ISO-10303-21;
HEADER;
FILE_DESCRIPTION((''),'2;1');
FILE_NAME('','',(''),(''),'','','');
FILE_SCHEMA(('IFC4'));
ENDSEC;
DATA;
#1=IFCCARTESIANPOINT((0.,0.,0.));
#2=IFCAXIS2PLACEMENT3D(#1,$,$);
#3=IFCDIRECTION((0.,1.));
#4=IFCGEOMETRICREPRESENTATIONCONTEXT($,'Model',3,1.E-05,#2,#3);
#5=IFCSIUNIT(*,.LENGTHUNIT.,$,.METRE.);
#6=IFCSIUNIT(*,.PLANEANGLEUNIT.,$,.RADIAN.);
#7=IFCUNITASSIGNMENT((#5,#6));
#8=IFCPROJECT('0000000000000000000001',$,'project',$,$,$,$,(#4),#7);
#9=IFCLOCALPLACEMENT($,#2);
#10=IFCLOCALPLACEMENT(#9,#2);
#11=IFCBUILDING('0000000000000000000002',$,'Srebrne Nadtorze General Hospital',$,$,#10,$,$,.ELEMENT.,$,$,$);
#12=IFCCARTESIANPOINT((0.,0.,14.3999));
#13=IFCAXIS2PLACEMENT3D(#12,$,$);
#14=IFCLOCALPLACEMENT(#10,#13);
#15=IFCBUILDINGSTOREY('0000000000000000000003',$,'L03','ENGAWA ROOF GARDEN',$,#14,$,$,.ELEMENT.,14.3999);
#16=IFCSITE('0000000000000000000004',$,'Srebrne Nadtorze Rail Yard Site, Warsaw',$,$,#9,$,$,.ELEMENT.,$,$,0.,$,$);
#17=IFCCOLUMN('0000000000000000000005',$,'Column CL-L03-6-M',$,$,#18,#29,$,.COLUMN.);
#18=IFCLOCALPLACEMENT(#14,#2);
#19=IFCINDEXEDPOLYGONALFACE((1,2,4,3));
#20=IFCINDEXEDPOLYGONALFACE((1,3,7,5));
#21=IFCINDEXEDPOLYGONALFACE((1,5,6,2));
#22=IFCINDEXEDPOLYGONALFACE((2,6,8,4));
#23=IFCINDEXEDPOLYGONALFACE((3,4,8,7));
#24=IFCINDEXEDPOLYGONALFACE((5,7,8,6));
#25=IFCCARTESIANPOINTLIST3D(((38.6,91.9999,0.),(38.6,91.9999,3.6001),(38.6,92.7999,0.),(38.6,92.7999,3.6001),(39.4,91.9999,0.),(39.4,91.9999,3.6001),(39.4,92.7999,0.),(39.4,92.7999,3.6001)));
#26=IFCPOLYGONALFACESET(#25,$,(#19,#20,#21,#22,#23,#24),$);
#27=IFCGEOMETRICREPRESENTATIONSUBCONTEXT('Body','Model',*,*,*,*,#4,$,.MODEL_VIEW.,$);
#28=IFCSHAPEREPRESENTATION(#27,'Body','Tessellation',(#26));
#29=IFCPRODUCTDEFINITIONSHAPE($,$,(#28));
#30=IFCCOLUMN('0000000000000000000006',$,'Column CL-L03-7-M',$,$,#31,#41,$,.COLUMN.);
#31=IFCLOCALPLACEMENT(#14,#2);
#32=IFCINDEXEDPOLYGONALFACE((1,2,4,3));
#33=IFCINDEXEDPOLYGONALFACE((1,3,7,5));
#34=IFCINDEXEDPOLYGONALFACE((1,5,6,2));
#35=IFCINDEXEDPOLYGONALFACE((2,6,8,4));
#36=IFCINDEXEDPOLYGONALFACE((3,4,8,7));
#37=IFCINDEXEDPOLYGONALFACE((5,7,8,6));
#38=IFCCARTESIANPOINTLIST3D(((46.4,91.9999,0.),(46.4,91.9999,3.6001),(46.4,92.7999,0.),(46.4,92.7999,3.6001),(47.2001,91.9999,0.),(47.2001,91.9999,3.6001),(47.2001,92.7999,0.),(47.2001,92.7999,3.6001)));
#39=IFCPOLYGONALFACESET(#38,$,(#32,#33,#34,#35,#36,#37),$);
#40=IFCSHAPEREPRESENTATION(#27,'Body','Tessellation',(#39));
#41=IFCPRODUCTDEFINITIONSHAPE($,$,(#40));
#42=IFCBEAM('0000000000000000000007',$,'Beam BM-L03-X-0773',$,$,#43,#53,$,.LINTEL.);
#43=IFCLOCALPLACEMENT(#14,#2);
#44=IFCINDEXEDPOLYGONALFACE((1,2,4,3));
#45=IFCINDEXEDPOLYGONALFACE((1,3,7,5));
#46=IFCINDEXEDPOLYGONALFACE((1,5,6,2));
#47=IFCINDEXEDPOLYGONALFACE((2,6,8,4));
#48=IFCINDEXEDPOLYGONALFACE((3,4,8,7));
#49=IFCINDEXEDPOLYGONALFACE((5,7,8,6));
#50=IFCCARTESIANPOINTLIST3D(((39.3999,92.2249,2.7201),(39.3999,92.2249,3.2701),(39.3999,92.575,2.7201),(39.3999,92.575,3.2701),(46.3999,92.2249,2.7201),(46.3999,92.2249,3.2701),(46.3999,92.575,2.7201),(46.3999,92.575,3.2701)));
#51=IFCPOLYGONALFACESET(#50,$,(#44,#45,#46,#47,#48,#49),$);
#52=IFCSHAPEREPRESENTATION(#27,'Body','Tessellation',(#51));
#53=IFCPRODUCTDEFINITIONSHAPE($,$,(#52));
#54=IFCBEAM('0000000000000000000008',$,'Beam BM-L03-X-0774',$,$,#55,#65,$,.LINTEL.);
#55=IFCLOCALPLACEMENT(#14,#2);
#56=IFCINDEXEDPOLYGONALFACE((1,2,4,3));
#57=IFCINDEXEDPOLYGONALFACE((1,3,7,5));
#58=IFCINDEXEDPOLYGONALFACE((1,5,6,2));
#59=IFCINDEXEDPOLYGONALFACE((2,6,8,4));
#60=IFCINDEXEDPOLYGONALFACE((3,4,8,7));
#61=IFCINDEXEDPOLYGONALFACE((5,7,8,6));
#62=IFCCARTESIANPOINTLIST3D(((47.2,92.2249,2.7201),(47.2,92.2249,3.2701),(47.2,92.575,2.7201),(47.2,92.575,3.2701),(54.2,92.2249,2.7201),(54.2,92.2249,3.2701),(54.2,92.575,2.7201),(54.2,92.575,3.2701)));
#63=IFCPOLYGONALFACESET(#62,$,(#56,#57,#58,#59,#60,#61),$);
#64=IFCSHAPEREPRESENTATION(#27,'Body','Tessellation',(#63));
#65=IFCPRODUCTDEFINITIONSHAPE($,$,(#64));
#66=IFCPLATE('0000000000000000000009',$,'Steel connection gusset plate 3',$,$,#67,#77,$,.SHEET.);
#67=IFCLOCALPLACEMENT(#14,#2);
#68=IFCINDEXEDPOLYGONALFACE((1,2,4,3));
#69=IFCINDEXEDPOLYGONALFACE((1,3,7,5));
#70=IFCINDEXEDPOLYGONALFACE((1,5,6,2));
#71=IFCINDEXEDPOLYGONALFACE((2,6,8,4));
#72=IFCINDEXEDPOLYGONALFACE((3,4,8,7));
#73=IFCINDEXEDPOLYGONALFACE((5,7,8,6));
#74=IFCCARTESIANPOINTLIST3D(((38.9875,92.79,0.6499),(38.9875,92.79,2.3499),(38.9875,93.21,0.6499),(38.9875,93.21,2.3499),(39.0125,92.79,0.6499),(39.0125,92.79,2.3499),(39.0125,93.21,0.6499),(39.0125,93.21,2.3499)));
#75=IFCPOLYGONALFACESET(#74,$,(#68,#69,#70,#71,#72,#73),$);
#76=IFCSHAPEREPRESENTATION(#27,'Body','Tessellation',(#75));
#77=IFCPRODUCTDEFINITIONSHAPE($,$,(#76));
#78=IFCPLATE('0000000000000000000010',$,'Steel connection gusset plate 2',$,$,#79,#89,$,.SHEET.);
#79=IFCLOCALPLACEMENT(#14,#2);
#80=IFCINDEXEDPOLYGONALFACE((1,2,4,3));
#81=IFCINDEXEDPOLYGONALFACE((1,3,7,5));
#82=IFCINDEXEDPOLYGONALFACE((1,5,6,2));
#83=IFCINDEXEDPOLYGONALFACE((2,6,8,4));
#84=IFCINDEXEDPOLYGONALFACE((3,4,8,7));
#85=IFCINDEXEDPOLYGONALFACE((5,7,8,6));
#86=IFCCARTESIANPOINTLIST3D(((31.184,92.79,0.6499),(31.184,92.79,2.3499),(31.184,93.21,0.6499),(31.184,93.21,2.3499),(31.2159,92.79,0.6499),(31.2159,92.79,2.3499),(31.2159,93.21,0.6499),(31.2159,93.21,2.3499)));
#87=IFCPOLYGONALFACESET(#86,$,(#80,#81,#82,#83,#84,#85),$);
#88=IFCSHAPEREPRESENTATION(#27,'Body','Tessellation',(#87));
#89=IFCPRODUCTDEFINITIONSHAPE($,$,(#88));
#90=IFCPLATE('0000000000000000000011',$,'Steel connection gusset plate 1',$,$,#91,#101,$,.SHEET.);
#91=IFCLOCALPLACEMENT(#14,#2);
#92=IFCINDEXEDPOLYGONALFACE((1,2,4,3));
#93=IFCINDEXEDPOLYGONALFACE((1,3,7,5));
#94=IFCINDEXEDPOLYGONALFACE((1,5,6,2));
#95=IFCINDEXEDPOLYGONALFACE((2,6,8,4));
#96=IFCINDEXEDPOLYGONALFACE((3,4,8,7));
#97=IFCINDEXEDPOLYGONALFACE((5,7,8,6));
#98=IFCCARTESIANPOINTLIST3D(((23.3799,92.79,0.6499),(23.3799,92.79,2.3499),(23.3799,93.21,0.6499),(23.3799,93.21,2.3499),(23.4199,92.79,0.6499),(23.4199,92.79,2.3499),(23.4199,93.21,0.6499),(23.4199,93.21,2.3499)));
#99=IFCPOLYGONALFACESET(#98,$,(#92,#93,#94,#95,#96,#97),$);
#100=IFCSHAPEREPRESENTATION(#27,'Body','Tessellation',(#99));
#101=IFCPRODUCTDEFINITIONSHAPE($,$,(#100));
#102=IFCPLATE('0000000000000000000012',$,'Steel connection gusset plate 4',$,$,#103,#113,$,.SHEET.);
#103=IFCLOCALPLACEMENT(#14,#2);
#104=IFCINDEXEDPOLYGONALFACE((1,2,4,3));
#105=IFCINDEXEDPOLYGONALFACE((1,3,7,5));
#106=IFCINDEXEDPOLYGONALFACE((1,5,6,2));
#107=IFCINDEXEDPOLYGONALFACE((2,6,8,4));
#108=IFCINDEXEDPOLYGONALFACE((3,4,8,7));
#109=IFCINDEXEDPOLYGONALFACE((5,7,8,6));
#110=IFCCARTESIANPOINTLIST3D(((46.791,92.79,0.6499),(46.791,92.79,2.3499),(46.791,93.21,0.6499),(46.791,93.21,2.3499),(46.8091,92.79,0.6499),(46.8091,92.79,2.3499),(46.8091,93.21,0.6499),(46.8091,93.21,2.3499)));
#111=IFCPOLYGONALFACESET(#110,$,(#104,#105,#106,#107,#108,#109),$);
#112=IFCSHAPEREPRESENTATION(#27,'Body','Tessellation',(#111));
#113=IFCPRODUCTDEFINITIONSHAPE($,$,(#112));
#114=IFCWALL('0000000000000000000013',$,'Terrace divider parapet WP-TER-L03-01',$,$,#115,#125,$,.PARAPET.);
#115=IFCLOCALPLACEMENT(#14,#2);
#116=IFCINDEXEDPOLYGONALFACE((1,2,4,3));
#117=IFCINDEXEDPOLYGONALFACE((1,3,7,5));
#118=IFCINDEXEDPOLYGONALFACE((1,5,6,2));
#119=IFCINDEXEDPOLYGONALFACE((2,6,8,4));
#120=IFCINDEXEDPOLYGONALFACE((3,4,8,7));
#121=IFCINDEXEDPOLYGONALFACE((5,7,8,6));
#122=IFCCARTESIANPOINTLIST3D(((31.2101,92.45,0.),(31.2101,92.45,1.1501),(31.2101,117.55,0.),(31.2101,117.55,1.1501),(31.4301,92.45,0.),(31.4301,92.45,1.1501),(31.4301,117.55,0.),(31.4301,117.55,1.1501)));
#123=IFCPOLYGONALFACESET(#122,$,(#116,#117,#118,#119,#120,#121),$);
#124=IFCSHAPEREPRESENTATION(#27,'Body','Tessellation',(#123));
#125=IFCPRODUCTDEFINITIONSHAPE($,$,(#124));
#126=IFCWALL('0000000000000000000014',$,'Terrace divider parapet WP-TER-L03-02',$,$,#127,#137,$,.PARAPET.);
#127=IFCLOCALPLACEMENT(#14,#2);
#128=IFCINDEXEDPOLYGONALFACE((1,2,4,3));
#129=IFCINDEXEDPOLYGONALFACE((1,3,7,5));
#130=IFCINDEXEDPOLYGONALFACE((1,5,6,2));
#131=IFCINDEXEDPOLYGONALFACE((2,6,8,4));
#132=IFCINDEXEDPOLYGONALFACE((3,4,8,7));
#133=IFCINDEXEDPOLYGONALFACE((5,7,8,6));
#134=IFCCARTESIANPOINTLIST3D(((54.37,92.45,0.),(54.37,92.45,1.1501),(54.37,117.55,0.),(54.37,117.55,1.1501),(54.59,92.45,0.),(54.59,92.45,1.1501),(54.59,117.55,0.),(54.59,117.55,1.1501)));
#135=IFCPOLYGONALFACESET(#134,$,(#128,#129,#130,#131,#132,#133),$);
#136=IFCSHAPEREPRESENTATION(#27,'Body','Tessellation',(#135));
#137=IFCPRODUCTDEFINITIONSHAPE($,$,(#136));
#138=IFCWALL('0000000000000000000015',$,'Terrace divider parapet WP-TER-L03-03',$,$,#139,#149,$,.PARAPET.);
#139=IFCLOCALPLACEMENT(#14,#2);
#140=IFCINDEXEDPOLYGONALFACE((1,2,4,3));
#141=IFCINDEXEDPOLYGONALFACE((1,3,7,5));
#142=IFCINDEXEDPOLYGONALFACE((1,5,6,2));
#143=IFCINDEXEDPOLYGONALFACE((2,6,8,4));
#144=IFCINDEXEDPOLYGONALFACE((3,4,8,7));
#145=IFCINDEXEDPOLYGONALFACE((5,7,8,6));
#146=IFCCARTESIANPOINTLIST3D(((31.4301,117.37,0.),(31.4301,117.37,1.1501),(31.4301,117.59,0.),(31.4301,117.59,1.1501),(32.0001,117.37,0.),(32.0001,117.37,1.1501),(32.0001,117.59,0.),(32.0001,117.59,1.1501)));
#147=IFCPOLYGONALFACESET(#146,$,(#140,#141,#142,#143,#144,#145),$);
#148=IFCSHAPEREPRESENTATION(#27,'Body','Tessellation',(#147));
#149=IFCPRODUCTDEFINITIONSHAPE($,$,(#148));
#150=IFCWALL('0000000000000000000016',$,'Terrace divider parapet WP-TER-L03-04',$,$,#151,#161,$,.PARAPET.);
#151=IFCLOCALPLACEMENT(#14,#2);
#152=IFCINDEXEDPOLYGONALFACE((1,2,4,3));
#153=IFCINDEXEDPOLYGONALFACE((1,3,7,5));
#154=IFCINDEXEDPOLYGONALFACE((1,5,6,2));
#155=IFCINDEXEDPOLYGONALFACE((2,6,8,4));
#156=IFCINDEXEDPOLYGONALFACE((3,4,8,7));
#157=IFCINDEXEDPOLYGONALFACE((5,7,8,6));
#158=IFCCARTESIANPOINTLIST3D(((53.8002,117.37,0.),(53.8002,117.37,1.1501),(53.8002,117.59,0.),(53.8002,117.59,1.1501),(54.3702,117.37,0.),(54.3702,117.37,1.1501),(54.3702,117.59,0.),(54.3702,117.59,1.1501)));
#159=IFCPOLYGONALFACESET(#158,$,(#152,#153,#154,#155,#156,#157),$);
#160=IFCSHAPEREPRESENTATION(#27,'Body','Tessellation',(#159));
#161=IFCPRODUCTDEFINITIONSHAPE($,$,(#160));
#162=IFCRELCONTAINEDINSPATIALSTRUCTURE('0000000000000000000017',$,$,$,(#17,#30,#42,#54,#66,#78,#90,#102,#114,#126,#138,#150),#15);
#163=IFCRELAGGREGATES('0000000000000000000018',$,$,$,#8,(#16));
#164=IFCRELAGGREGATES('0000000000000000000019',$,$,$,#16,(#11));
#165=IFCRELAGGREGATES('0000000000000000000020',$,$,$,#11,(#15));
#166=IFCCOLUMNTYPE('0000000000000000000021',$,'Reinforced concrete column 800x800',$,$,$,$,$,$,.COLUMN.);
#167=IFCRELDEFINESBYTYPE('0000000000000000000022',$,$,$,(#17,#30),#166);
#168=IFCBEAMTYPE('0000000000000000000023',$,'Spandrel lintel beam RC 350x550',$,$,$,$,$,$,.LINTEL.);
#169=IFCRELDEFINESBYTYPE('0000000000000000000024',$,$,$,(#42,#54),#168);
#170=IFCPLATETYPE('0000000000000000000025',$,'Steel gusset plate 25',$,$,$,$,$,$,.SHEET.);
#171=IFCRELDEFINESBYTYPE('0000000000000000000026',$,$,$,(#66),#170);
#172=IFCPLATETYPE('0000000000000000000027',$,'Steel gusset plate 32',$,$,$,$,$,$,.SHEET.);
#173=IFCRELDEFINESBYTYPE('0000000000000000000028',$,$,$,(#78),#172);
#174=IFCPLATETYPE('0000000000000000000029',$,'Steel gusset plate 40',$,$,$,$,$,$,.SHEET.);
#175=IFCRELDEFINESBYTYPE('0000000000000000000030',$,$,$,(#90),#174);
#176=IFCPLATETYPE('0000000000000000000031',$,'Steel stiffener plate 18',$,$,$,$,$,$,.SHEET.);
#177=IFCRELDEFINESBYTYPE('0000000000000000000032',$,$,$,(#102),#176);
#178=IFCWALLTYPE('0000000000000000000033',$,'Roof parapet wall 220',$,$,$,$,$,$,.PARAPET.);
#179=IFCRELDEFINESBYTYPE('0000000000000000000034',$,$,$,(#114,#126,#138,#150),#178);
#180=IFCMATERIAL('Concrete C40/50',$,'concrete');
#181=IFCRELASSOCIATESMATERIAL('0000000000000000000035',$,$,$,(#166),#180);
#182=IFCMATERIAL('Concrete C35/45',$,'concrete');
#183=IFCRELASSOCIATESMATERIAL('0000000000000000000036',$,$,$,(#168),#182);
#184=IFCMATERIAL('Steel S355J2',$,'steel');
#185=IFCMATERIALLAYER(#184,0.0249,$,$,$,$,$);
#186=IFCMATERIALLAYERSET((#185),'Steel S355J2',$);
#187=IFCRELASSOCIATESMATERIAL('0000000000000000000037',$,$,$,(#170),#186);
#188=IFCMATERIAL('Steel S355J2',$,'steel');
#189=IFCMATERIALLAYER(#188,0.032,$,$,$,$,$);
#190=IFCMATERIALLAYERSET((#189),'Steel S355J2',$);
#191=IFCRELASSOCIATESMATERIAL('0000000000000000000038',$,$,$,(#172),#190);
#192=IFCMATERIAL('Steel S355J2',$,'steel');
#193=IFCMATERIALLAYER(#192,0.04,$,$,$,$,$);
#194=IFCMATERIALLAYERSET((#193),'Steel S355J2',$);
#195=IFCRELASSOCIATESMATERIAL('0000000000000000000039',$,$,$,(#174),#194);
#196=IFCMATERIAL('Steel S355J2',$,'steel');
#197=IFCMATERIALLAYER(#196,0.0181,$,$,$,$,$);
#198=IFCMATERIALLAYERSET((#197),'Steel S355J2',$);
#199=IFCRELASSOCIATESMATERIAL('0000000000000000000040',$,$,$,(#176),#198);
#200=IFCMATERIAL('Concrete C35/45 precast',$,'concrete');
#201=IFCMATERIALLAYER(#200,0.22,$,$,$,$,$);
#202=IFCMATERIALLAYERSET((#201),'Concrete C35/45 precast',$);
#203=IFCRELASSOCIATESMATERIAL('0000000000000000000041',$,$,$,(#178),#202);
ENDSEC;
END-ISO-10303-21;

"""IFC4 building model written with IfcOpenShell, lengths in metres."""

from ifc_helpers import new_model, si_unit, direction, frame, frame_2d, origin, origin_2d, place, context, subcontext, project, spatial, rectangle, extrude, material, layer, layer_set, material_profile, profile_set, type_object, element, save


model = new_model("IFC4")

# Units and contexts
model_context = context("Model", 3, precision=1e-05, world=origin(), true_north=direction((0.0, 1.0)))
body_context = subcontext(model_context, "Body", "Model", "MODEL_VIEW")
ifc_project = project(units=[si_unit("LENGTHUNIT", "METRE"), si_unit("PLANEANGLEUNIT", "RADIAN")], contexts=[model_context])

# Site, building, storey
site_placement = place(None, origin())
site = spatial("IfcSite", under=ifc_project, at=site_placement, Name="Srebrne Nadtorze Rail Yard Site, Warsaw", CompositionType="ELEMENT", RefElevation=0.0)
building_placement = place(site_placement, origin())
building = spatial("IfcBuilding", under=site, at=building_placement, Name="Srebrne Nadtorze General Hospital", CompositionType="ELEMENT")
storey_placement = place(building_placement, frame((0.0, 0.0, 14.3999)))
storey = spatial("IfcBuildingStorey", under=building, at=storey_placement, Name="L03", Description="ENGAWA ROOF GARDEN", CompositionType="ELEMENT", Elevation=14.3999)

# Columns
ifc_material_1 = material(Name="Concrete C40/50", Category="concrete")
ifc_material_profile_1 = material_profile(ifc_material_1, rectangle(XDim=0.8, YDim=0.8, at=origin_2d()), Name="RC-COL-800x800")
ifc_profile_set_1 = profile_set([ifc_material_profile_1], Name="Concrete C40/50")
column_type = type_object("IfcColumnType", Name="Reinforced concrete column 800x800", PredefinedType="COLUMN", material=ifc_profile_set_1)
for number, where, z_axis, x_axis, name in (
    (1, (39.0, 92.3999, 0.0), (0.0, 0.0, 1.0), (1.0, 0.0, 0.0), "Column CL-L03-6-M"),
    (2, (46.8, 92.3999, 0.0), (0.0, 0.0, 1.0), (1.0, 0.0, 0.0), "Column CL-L03-7-M"),
):
    element("IfcColumn", number, at=place(storey_placement, frame(where, z_axis=z_axis, x_axis=x_axis)), inside=storey, type_object=column_type, Name=name, PredefinedType="COLUMN", context=body_context, shape_type="SweptSolid", body=[
        extrude(rectangle(XDim=0.8, YDim=0.8, at=origin_2d()), origin(), (0.0, 0.0, 1.0), 3.6001),
    ])

# Beams
ifc_material_2 = material(Name="Concrete C35/45", Category="concrete")
ifc_material_profile_2 = material_profile(ifc_material_2, rectangle(XDim=0.3501, YDim=0.55, at=origin_2d()), Name="RC-BM-350x550")
ifc_profile_set_2 = profile_set([ifc_material_profile_2], Name="Concrete C35/45")
beam_type = type_object("IfcBeamType", Name="Spandrel lintel beam RC 350x550", PredefinedType="LINTEL", material=ifc_profile_set_2)
for number, where, z_axis, x_axis, name in (
    (3, (39.3999, 92.3999, 2.9951), (1.0, 0.0, 0.0), (0.0, 1.0, 0.0), "Beam BM-L03-X-0773"),
    (4, (47.2, 92.3999, 2.9951), (1.0, 0.0, 0.0), (0.0, 1.0, 0.0), "Beam BM-L03-X-0774"),
):
    element("IfcBeam", number, at=place(storey_placement, frame(where, z_axis=z_axis, x_axis=x_axis)), inside=storey, type_object=beam_type, Name=name, PredefinedType="LINTEL", context=body_context, shape_type="SweptSolid", body=[
        extrude(rectangle(XDim=0.3501, YDim=0.55, at=origin_2d()), origin(), (0.0, 0.0, 1.0), 7.0),
    ])

# Plates
ifc_material_3 = material(Name="Steel S355J2", Category="steel")
ifc_layer_1 = layer(ifc_material_3, 0.0249)
ifc_layer_set_1 = layer_set([ifc_layer_1], Name="Steel S355J2")
plate_type_1 = type_object("IfcPlateType", Name="Steel gusset plate 25", PredefinedType="SHEET", material=ifc_layer_set_1)
plate_1_placement = place(storey_placement, frame((39.0, 93.0, 0.6499), z_axis=(0.0, 0.0, 1.0), x_axis=(1.0, 0.0, 0.0)))
element("IfcPlate", 5, at=plate_1_placement, inside=storey, type_object=plate_type_1, Name="Steel connection gusset plate 3", PredefinedType="SHEET", context=body_context, shape_type="SweptSolid", body=[
    extrude(rectangle(XDim=0.0249, YDim=0.4199, at=origin_2d()), origin(), (0.0, 0.0, 1.0), 1.7),
])
ifc_material_4 = material(Name="Steel S355J2", Category="steel")
ifc_layer_2 = layer(ifc_material_4, 0.032)
ifc_layer_set_2 = layer_set([ifc_layer_2], Name="Steel S355J2")
plate_type_2 = type_object("IfcPlateType", Name="Steel gusset plate 32", PredefinedType="SHEET", material=ifc_layer_set_2)
plate_2_placement = place(storey_placement, frame((31.2, 93.0, 0.6499), z_axis=(0.0, 0.0, 1.0), x_axis=(1.0, 0.0, 0.0)))
element("IfcPlate", 6, at=plate_2_placement, inside=storey, type_object=plate_type_2, Name="Steel connection gusset plate 2", PredefinedType="SHEET", context=body_context, shape_type="SweptSolid", body=[
    extrude(rectangle(XDim=0.032, YDim=0.4199, at=origin_2d()), origin(), (0.0, 0.0, 1.0), 1.7),
])
ifc_material_5 = material(Name="Steel S355J2", Category="steel")
ifc_layer_3 = layer(ifc_material_5, 0.04)
ifc_layer_set_3 = layer_set([ifc_layer_3], Name="Steel S355J2")
plate_type_3 = type_object("IfcPlateType", Name="Steel gusset plate 40", PredefinedType="SHEET", material=ifc_layer_set_3)
plate_3_placement = place(storey_placement, frame((23.3999, 93.0, 0.6499), z_axis=(0.0, 0.0, 1.0), x_axis=(1.0, 0.0, 0.0)))
element("IfcPlate", 7, at=plate_3_placement, inside=storey, type_object=plate_type_3, Name="Steel connection gusset plate 1", PredefinedType="SHEET", context=body_context, shape_type="SweptSolid", body=[
    extrude(rectangle(XDim=0.04, YDim=0.4199, at=origin_2d()), origin(), (0.0, 0.0, 1.0), 1.7),
])
ifc_material_6 = material(Name="Steel S355J2", Category="steel")
ifc_layer_4 = layer(ifc_material_6, 0.0181)
ifc_layer_set_4 = layer_set([ifc_layer_4], Name="Steel S355J2")
plate_type_4 = type_object("IfcPlateType", Name="Steel stiffener plate 18", PredefinedType="SHEET", material=ifc_layer_set_4)
plate_4_placement = place(storey_placement, frame((46.8, 93.0, 0.6499), z_axis=(0.0, 0.0, 1.0), x_axis=(1.0, 0.0, 0.0)))
element("IfcPlate", 8, at=plate_4_placement, inside=storey, type_object=plate_type_4, Name="Steel connection gusset plate 4", PredefinedType="SHEET", context=body_context, shape_type="SweptSolid", body=[
    extrude(rectangle(XDim=0.0181, YDim=0.4199, at=origin_2d()), origin(), (0.0, 0.0, 1.0), 1.7),
])

# Walls
ifc_material_7 = material(Name="Concrete C35/45 precast", Category="concrete")
ifc_layer_5 = layer(ifc_material_7, 0.22)
ifc_layer_set_5 = layer_set([ifc_layer_5], Name="Concrete C35/45 precast")
wall_type_1 = type_object("IfcWallType", Name="Roof parapet wall 220", PredefinedType="PARAPET", material=ifc_layer_set_5)
for number, where, z_axis, x_axis, name in (
    (9, (31.3201, 92.45, 0.0), (0.0, 0.0, 1.0), (0.0, 1.0, 0.0), "Terrace divider parapet WP-TER-L03-01"),
    (10, (54.48, 92.45, 0.0), (0.0, 0.0, 1.0), (0.0, 1.0, 0.0), "Terrace divider parapet WP-TER-L03-02"),
):
    element("IfcWall", number, at=place(storey_placement, frame(where, z_axis=z_axis, x_axis=x_axis)), inside=storey, type_object=wall_type_1, Name=name, PredefinedType="PARAPET", context=body_context, shape_type="SweptSolid", body=[
        extrude(rectangle(XDim=25.1001, YDim=0.22, at=frame_2d((12.55, 0.0))), origin(), (0.0, 0.0, 1.0), 1.1501),
    ])
for number, where, z_axis, x_axis, name in (
    (11, (31.4299, 117.48, 0.0), (0.0, 0.0, 1.0), (1.0, 0.0, 0.0), "Terrace divider parapet WP-TER-L03-03"),
    (12, (53.8, 117.48, 0.0), (0.0, 0.0, 1.0), (1.0, 0.0, 0.0), "Terrace divider parapet WP-TER-L03-04"),
):
    element("IfcWall", number, at=place(storey_placement, frame(where, z_axis=z_axis, x_axis=x_axis)), inside=storey, type_object=wall_type_1, Name=name, PredefinedType="PARAPET", context=body_context, shape_type="SweptSolid", body=[
        extrude(rectangle(XDim=0.5701, YDim=0.22, at=frame_2d((0.2852, 0.0))), origin(), (0.0, 0.0, 1.0), 1.1501),
    ])

save(model, "model.ifc")
